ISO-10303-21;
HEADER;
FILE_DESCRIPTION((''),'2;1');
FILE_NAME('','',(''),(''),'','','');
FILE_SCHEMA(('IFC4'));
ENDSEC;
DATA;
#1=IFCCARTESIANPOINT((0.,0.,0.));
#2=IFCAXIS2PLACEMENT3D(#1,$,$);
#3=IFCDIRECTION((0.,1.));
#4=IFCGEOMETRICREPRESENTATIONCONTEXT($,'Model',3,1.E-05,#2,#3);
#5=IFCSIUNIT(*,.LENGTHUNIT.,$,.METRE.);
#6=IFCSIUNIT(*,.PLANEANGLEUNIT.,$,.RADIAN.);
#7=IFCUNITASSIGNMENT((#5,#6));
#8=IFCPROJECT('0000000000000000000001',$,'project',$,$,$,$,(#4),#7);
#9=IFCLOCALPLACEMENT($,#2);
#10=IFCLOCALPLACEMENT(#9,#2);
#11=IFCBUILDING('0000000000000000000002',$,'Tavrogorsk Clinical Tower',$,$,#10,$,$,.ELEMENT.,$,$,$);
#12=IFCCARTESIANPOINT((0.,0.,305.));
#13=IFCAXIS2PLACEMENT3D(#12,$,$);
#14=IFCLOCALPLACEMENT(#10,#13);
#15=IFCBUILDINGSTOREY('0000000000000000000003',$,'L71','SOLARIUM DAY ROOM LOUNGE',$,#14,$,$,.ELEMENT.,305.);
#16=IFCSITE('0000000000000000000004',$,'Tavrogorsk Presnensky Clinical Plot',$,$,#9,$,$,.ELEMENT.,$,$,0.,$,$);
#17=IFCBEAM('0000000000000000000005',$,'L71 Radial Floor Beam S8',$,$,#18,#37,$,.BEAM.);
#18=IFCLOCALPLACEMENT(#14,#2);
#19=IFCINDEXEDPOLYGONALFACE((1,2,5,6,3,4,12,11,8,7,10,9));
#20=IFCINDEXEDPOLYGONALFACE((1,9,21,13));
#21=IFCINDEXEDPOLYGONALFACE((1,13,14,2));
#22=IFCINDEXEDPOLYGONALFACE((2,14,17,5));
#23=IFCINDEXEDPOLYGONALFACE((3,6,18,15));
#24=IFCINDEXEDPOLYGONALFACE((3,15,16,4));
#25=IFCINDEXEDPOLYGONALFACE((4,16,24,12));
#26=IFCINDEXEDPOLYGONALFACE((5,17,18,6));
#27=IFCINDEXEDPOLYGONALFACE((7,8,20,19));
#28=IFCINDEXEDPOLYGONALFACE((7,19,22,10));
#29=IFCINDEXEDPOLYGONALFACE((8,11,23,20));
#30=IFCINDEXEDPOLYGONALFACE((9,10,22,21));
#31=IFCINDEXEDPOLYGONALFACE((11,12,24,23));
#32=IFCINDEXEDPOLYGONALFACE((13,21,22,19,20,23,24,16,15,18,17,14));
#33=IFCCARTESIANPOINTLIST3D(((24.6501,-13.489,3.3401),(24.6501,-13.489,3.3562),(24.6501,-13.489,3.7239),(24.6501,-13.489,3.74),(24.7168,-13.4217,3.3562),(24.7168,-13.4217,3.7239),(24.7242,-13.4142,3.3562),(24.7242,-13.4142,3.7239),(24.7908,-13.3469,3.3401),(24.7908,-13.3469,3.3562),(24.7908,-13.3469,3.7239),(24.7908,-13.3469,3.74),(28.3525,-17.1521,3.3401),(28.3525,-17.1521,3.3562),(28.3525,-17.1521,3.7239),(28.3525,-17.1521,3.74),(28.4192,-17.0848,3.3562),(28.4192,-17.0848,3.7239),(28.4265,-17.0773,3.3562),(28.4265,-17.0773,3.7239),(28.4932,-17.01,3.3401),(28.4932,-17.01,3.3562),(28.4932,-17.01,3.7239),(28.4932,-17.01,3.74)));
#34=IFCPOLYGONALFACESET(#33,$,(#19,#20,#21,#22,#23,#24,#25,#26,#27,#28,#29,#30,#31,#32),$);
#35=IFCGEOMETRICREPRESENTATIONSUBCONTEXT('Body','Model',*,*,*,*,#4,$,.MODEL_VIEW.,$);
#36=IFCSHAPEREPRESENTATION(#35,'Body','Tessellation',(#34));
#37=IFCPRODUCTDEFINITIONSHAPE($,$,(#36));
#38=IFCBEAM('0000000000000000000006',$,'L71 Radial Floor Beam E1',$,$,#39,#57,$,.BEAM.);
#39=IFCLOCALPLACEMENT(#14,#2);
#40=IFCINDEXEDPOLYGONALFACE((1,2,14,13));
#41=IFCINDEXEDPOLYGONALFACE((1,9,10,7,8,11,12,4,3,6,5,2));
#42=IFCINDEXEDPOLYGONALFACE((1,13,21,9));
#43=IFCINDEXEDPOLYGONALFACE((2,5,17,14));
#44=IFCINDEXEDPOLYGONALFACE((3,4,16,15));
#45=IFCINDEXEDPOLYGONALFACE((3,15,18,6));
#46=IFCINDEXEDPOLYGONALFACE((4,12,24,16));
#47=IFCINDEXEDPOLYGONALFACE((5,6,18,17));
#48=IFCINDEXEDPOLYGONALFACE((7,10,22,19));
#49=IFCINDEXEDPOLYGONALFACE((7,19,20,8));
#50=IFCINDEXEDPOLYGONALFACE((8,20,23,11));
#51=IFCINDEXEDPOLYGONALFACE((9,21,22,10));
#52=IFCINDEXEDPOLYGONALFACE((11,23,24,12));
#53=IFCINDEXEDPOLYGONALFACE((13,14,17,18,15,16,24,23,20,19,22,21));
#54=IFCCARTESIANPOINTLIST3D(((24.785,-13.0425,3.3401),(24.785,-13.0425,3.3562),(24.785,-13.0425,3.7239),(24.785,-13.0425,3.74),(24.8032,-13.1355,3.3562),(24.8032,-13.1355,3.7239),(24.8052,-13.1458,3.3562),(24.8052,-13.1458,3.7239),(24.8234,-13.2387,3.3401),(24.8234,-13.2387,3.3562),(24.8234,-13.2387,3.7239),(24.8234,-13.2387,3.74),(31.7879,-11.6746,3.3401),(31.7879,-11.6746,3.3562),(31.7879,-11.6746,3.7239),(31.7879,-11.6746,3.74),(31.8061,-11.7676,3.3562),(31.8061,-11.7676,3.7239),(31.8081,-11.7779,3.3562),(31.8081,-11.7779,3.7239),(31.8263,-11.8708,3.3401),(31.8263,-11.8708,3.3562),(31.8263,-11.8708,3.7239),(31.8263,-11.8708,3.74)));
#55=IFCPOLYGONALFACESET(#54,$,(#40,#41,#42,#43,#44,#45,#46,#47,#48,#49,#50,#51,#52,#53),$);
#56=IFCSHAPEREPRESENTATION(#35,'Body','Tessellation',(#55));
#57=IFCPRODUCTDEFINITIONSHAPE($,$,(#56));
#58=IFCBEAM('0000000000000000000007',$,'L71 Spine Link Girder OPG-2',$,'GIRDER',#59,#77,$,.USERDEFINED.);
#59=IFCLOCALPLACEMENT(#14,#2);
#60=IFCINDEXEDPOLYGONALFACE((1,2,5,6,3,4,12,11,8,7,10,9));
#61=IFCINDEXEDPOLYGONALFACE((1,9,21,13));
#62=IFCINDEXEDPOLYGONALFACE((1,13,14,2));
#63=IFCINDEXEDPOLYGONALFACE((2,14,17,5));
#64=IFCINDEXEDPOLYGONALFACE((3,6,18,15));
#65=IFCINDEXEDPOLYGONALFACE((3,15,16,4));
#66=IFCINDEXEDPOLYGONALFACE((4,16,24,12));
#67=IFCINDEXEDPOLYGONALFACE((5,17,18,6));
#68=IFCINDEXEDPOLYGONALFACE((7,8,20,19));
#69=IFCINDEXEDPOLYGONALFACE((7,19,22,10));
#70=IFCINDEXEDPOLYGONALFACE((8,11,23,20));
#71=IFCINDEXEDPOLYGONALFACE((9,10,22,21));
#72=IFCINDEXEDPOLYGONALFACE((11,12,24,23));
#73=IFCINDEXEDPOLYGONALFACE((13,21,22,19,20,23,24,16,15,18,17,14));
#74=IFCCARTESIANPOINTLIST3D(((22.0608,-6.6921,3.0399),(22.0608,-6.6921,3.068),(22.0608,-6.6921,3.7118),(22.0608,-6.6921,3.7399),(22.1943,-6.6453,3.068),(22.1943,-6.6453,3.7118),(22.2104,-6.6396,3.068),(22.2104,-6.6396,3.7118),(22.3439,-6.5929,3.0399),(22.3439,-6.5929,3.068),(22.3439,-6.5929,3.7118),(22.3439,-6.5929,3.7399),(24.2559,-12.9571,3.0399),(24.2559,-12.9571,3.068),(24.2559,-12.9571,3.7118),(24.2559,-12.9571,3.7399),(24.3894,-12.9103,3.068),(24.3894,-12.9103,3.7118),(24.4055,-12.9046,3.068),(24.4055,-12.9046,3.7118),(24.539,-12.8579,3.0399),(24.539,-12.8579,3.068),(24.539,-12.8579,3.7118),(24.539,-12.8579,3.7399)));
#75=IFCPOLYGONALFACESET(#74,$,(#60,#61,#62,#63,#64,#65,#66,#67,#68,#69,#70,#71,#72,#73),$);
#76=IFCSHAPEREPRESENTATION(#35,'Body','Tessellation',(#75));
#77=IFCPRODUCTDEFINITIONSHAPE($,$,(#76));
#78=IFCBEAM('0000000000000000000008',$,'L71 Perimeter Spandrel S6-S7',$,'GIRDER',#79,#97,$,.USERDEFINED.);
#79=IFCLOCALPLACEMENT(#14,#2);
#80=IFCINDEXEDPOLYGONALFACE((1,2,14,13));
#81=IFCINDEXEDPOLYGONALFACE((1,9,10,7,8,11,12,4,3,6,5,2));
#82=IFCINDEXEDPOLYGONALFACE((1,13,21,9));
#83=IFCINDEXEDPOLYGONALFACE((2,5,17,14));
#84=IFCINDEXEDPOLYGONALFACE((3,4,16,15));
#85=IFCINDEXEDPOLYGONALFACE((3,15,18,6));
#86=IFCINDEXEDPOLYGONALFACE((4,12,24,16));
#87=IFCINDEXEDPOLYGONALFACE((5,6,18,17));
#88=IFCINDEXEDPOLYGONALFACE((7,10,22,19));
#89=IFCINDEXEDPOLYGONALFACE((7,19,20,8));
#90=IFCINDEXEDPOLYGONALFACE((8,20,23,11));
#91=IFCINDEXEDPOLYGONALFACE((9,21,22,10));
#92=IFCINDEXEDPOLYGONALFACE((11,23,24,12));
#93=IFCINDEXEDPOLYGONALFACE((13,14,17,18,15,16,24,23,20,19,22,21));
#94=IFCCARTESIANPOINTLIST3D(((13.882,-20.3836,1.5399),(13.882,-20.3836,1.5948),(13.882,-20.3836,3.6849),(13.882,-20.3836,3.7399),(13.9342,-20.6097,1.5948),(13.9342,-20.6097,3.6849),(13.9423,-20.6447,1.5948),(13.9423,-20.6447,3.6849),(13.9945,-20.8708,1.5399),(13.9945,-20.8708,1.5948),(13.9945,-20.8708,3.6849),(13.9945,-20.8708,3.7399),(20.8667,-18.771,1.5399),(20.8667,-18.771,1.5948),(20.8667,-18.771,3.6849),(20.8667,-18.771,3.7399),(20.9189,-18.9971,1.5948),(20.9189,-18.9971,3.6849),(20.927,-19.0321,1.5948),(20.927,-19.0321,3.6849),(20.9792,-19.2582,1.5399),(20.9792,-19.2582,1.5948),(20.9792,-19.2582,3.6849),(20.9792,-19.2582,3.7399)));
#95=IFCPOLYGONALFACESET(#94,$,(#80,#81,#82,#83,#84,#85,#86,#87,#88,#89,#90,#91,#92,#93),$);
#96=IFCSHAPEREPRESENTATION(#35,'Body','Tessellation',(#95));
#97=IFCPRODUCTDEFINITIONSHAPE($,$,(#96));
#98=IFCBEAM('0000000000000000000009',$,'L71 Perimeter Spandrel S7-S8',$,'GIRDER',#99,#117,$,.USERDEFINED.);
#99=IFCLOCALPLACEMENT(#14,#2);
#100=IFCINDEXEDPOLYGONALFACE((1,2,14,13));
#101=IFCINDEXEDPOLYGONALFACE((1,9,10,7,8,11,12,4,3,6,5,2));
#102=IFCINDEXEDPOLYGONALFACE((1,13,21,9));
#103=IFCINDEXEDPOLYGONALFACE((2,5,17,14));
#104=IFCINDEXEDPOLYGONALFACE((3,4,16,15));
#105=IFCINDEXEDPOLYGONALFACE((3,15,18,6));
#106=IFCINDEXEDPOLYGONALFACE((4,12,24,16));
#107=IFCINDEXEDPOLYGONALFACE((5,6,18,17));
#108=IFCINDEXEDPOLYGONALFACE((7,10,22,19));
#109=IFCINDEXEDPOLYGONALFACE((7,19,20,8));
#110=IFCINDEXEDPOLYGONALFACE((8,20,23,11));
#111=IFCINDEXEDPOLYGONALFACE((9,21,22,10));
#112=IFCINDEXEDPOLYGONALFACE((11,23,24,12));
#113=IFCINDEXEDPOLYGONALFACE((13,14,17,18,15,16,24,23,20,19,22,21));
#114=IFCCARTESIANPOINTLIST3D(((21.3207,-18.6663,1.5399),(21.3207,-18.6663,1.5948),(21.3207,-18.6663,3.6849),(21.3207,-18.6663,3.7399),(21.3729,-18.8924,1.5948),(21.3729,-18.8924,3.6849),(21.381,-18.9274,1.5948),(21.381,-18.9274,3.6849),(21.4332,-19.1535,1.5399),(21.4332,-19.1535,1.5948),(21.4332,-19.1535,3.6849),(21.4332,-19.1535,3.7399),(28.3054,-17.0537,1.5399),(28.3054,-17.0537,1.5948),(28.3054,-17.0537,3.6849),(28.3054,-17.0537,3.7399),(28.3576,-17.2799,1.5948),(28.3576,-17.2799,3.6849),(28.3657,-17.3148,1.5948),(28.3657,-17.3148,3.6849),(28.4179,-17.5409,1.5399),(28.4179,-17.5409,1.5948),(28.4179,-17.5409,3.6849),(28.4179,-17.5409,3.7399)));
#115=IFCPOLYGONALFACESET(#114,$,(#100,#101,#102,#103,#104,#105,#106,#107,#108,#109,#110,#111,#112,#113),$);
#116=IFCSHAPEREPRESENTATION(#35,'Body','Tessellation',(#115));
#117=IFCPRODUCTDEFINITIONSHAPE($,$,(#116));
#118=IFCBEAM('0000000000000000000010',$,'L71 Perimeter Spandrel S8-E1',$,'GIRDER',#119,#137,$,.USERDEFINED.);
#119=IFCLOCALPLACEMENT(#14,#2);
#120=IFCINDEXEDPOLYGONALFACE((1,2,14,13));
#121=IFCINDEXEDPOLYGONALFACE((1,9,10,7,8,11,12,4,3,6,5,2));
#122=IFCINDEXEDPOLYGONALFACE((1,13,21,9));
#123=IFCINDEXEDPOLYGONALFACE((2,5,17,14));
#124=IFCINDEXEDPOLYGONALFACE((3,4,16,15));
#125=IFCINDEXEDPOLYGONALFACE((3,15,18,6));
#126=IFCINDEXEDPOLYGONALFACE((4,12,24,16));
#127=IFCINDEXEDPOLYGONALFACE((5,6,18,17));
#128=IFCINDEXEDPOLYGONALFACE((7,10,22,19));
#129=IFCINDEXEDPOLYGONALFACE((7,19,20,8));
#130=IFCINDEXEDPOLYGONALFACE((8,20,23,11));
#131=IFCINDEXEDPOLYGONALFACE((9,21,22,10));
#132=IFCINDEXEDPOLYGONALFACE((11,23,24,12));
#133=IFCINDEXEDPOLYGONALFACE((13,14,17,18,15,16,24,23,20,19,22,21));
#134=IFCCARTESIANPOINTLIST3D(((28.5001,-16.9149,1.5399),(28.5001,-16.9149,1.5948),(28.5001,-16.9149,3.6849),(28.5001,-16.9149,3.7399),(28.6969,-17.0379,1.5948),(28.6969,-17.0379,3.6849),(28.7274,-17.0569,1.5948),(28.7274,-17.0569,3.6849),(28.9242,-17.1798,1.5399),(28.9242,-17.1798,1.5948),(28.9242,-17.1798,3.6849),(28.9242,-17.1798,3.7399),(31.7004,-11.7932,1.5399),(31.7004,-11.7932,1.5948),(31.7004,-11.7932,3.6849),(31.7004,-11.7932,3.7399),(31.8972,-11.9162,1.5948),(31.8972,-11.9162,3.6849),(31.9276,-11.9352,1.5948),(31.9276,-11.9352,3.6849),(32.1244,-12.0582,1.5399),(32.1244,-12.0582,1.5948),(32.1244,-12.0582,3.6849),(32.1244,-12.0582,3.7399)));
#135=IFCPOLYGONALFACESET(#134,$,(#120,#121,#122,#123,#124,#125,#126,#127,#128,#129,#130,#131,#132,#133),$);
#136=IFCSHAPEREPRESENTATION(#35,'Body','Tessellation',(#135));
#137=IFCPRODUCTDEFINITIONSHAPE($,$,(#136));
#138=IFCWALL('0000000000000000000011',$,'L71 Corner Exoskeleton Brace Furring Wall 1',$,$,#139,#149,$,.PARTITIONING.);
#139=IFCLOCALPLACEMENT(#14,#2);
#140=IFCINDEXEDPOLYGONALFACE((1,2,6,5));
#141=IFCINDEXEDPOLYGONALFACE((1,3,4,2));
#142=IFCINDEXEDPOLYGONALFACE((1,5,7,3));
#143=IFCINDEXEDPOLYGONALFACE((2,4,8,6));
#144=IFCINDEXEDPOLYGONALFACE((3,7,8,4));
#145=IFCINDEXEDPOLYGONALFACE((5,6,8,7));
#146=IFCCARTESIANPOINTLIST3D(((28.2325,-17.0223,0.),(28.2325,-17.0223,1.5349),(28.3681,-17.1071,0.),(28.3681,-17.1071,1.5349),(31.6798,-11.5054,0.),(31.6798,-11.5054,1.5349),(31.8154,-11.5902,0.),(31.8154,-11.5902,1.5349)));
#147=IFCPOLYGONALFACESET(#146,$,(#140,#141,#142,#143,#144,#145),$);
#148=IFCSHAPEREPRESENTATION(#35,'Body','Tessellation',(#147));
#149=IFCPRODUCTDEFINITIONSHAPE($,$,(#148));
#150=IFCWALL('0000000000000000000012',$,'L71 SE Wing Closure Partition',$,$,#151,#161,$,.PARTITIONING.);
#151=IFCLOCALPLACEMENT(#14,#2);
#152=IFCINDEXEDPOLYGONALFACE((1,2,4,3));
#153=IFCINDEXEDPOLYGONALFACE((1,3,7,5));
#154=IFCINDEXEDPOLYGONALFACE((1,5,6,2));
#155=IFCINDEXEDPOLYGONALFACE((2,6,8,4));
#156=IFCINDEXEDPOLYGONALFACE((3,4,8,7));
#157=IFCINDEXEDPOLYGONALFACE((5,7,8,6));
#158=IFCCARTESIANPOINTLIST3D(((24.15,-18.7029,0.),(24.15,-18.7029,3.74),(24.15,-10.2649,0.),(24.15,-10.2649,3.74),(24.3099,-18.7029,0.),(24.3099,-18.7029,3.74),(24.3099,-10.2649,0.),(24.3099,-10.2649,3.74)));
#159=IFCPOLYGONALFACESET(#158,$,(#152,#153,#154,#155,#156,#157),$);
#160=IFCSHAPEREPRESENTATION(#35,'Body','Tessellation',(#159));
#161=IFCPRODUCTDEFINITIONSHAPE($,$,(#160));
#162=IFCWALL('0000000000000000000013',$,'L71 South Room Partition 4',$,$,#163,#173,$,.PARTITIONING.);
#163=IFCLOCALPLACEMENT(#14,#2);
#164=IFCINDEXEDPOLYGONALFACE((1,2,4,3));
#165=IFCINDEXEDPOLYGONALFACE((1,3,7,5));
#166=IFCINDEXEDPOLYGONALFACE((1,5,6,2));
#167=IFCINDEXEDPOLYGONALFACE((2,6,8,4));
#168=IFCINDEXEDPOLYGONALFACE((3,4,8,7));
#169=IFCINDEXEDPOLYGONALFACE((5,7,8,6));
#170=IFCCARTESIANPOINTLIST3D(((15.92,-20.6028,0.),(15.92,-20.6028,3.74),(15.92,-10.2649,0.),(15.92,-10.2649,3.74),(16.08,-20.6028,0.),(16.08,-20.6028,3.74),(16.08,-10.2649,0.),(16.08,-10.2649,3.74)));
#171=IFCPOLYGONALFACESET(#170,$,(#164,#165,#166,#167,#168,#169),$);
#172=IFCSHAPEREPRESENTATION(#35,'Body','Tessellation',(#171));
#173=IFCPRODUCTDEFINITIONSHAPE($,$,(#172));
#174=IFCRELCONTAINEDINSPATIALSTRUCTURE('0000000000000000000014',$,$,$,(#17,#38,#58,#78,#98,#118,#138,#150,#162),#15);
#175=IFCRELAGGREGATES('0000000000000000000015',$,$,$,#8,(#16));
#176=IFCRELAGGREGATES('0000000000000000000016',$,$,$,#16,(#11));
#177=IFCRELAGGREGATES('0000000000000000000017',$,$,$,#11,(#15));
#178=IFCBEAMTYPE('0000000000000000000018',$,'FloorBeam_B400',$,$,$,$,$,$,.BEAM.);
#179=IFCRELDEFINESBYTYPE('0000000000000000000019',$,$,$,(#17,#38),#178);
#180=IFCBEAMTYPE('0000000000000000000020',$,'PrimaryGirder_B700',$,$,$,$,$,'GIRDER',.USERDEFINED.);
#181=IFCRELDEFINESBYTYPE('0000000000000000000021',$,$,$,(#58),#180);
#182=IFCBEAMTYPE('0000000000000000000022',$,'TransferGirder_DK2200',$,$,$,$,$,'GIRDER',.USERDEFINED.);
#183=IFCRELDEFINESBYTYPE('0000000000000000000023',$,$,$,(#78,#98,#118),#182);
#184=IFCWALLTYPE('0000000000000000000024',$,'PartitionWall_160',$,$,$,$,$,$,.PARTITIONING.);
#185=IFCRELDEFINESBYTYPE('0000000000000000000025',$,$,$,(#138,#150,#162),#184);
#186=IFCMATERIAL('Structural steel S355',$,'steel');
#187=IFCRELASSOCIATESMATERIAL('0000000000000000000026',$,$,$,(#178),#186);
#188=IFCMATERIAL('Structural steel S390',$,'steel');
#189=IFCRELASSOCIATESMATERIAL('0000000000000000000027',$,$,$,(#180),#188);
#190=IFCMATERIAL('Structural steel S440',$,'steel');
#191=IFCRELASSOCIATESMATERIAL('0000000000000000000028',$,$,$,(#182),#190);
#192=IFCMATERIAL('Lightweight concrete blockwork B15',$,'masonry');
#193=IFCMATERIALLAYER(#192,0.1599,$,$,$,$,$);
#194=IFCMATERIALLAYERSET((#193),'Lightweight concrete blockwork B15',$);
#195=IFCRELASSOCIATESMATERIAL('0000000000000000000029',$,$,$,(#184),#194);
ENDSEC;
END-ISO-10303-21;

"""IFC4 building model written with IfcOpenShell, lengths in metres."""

from ifc_helpers import new_model, si_unit, direction, frame, frame_2d, origin, origin_2d, place, context, subcontext, project, spatial, rectangle, i_section, extrude, material, layer, layer_set, material_profile, profile_set, type_object, element, save


model = new_model("IFC4")

# Units and contexts
model_context = context("Model", 3, precision=1e-05, world=origin(), true_north=direction((0.0, 1.0)))
body_context = subcontext(model_context, "Body", "Model", "MODEL_VIEW")
ifc_project = project(units=[si_unit("LENGTHUNIT", "METRE"), si_unit("PLANEANGLEUNIT", "RADIAN")], contexts=[model_context])

# Site, building, storey
site_placement = place(None, origin())
site = spatial("IfcSite", under=ifc_project, at=site_placement, Name="Tavrogorsk Presnensky Clinical Plot", CompositionType="ELEMENT", RefElevation=0.0)
building_placement = place(site_placement, origin())
building = spatial("IfcBuilding", under=site, at=building_placement, Name="Tavrogorsk Clinical Tower", CompositionType="ELEMENT")
storey_placement = place(building_placement, frame((0.0, 0.0, 305.0)))
storey = spatial("IfcBuildingStorey", under=building, at=storey_placement, Name="L71", Description="SOLARIUM DAY ROOM LOUNGE", CompositionType="ELEMENT", Elevation=305.0)

# Beams
ifc_material_1 = material(Name="Structural steel S355", Category="steel")
ifc_material_profile_1 = material_profile(ifc_material_1, i_section(OverallWidth=0.2, OverallDepth=0.3999, WebThickness=0.0105, FlangeThickness=0.0161, at=origin_2d()), Name="B-400x200x10.5x16")
ifc_profile_set_1 = profile_set([ifc_material_profile_1], Name="Structural steel S355")
beam_type_1 = type_object("IfcBeamType", Name="FloorBeam_B400", PredefinedType="BEAM", material=ifc_profile_set_1)
beam_1_placement = place(storey_placement, frame((24.7205, -13.418, 3.54), z_axis=(0.71087, -0.703323, 0.0), x_axis=(0.703323, 0.71087, 0.0)))
element("IfcBeam", 1, at=beam_1_placement, inside=storey, type_object=beam_type_1, Name="L71 Radial Floor Beam S8", PredefinedType="BEAM", context=body_context, shape_type="SweptSolid", body=[
    extrude(i_section(OverallWidth=0.2, OverallDepth=0.3999, WebThickness=0.0105, FlangeThickness=0.0161, at=origin_2d()), origin(), (0.0, 0.0, 1.0), 5.2083),
])
beam_2_placement = place(storey_placement, frame((24.8042, -13.1406, 3.54), z_axis=(0.981451, 0.191712, 0.0), x_axis=(-0.191712, 0.981451, 0.0)))
element("IfcBeam", 2, at=beam_2_placement, inside=storey, type_object=beam_type_1, Name="L71 Radial Floor Beam E1", PredefinedType="BEAM", context=body_context, shape_type="SweptSolid", body=[
    extrude(i_section(OverallWidth=0.2, OverallDepth=0.3999, WebThickness=0.0105, FlangeThickness=0.0161, at=origin_2d()), origin(), (0.0, 0.0, 1.0), 7.1353),
])
ifc_material_2 = material(Name="Structural steel S390", Category="steel")
ifc_material_profile_2 = material_profile(ifc_material_2, i_section(OverallWidth=0.3, OverallDepth=0.7, WebThickness=0.0171, FlangeThickness=0.0281, at=origin_2d()), Name="B-700x300x17x28")
ifc_profile_set_2 = profile_set([ifc_material_profile_2], Name="Structural steel S390")
beam_type_2 = type_object("IfcBeamType", Name="PrimaryGirder_B700", ElementType="GIRDER", PredefinedType="USERDEFINED", material=ifc_profile_set_2)
beam_3_placement = place(storey_placement, frame((24.3975, -12.9075, 3.3899), z_axis=(-0.330667, 0.943748, 0.0), x_axis=(-0.943748, -0.330667, 0.0)))
element("IfcBeam", 3, at=beam_3_placement, inside=storey, type_object=beam_type_2, Name="L71 Spine Link Girder OPG-2", ObjectType="GIRDER", PredefinedType="USERDEFINED", context=body_context, shape_type="SweptSolid", body=[
    extrude(i_section(OverallWidth=0.3, OverallDepth=0.7, WebThickness=0.0171, FlangeThickness=0.0281, at=origin_2d()), origin(), (0.0, 0.0, 1.0), 6.6384),
])
ifc_material_3 = material(Name="Structural steel S440", Category="steel")
ifc_material_profile_3 = material_profile(ifc_material_3, i_section(OverallWidth=0.5, OverallDepth=2.2, WebThickness=0.0359, FlangeThickness=0.0549, at=origin_2d()), Name="DK-2200x500x36x55")
ifc_profile_set_3 = profile_set([ifc_material_profile_3], Name="Structural steel S440")
beam_type_3 = type_object("IfcBeamType", Name="TransferGirder_DK2200", ElementType="GIRDER", PredefinedType="USERDEFINED", material=ifc_profile_set_3)
for number, where, z_axis, x_axis, name in (
    (4, (13.9382, -20.6272, 2.6399), (0.974369, 0.224954, 0.0), (-0.224954, 0.974369, 0.0), "L71 Perimeter Spandrel S6-S7"),
    (5, (21.377, -18.9099, 2.6399), (0.974369, 0.224954, 0.0), (-0.224954, 0.974369, 0.0), "L71 Perimeter Spandrel S7-S8"),
):
    element("IfcBeam", number, at=place(storey_placement, frame(where, z_axis=z_axis, x_axis=x_axis)), inside=storey, type_object=beam_type_3, Name=name, ObjectType="GIRDER", PredefinedType="USERDEFINED", context=body_context, shape_type="SweptSolid", body=[
        extrude(i_section(OverallWidth=0.5, OverallDepth=2.2, WebThickness=0.0359, FlangeThickness=0.0549, at=origin_2d()), origin(), (0.0, 0.0, 1.0), 7.1685),
    ])
beam_4_placement = place(storey_placement, frame((28.7122, -17.0474, 2.6399), z_axis=(0.529904, 0.848057, 0.0), x_axis=(-0.848057, 0.529904, 0.0)))
element("IfcBeam", 6, at=beam_4_placement, inside=storey, type_object=beam_type_3, Name="L71 Perimeter Spandrel S8-E1", ObjectType="GIRDER", PredefinedType="USERDEFINED", context=body_context, shape_type="SweptSolid", body=[
    extrude(i_section(OverallWidth=0.5, OverallDepth=2.2, WebThickness=0.0359, FlangeThickness=0.0549, at=origin_2d()), origin(), (0.0, 0.0, 1.0), 6.0393),
])

# Walls
ifc_material_4 = material(Name="Lightweight concrete blockwork B15", Category="masonry")
ifc_layer_1 = layer(ifc_material_4, 0.1599)
ifc_layer_set_1 = layer_set([ifc_layer_1], Name="Lightweight concrete blockwork B15")
wall_type_1 = type_object("IfcWallType", Name="PartitionWall_160", PredefinedType="PARTITIONING", material=ifc_layer_set_1)
wall_1_placement = place(storey_placement, frame((28.3003, -17.0647, 0.0), z_axis=(0.0, 0.0, 1.0), x_axis=(0.529915, 0.848051, 0.0)))
element("IfcWall", 7, at=wall_1_placement, inside=storey, type_object=wall_type_1, Name="L71 Corner Exoskeleton Brace Furring Wall 1", PredefinedType="PARTITIONING", context=body_context, shape_type="SweptSolid", body=[
    extrude(rectangle(XDim=6.5054, YDim=0.1599, at=frame_2d((3.2527, 0.0))), origin(), (0.0, 0.0, 1.0), 1.5349),
])
wall_2_placement = place(storey_placement, frame((24.23, -18.7029, 0.0), z_axis=(0.0, 0.0, 1.0), x_axis=(0.0, 1.0, 0.0)))
element("IfcWall", 8, at=wall_2_placement, inside=storey, type_object=wall_type_1, Name="L71 SE Wing Closure Partition", PredefinedType="PARTITIONING", context=body_context, shape_type="SweptSolid", body=[
    extrude(rectangle(XDim=8.438, YDim=0.1599, at=frame_2d((4.219, 0.0))), origin(), (0.0, 0.0, 1.0), 3.74),
])
wall_3_placement = place(storey_placement, frame((16.0, -20.6028, 0.0), z_axis=(0.0, 0.0, 1.0), x_axis=(0.0, 1.0, 0.0)))
element("IfcWall", 9, at=wall_3_placement, inside=storey, type_object=wall_type_1, Name="L71 South Room Partition 4", PredefinedType="PARTITIONING", context=body_context, shape_type="SweptSolid", body=[
    extrude(rectangle(XDim=10.3379, YDim=0.1599, at=frame_2d((5.1689, 0.0))), origin(), (0.0, 0.0, 1.0), 3.74),
])

save(model, "model.ifc")
